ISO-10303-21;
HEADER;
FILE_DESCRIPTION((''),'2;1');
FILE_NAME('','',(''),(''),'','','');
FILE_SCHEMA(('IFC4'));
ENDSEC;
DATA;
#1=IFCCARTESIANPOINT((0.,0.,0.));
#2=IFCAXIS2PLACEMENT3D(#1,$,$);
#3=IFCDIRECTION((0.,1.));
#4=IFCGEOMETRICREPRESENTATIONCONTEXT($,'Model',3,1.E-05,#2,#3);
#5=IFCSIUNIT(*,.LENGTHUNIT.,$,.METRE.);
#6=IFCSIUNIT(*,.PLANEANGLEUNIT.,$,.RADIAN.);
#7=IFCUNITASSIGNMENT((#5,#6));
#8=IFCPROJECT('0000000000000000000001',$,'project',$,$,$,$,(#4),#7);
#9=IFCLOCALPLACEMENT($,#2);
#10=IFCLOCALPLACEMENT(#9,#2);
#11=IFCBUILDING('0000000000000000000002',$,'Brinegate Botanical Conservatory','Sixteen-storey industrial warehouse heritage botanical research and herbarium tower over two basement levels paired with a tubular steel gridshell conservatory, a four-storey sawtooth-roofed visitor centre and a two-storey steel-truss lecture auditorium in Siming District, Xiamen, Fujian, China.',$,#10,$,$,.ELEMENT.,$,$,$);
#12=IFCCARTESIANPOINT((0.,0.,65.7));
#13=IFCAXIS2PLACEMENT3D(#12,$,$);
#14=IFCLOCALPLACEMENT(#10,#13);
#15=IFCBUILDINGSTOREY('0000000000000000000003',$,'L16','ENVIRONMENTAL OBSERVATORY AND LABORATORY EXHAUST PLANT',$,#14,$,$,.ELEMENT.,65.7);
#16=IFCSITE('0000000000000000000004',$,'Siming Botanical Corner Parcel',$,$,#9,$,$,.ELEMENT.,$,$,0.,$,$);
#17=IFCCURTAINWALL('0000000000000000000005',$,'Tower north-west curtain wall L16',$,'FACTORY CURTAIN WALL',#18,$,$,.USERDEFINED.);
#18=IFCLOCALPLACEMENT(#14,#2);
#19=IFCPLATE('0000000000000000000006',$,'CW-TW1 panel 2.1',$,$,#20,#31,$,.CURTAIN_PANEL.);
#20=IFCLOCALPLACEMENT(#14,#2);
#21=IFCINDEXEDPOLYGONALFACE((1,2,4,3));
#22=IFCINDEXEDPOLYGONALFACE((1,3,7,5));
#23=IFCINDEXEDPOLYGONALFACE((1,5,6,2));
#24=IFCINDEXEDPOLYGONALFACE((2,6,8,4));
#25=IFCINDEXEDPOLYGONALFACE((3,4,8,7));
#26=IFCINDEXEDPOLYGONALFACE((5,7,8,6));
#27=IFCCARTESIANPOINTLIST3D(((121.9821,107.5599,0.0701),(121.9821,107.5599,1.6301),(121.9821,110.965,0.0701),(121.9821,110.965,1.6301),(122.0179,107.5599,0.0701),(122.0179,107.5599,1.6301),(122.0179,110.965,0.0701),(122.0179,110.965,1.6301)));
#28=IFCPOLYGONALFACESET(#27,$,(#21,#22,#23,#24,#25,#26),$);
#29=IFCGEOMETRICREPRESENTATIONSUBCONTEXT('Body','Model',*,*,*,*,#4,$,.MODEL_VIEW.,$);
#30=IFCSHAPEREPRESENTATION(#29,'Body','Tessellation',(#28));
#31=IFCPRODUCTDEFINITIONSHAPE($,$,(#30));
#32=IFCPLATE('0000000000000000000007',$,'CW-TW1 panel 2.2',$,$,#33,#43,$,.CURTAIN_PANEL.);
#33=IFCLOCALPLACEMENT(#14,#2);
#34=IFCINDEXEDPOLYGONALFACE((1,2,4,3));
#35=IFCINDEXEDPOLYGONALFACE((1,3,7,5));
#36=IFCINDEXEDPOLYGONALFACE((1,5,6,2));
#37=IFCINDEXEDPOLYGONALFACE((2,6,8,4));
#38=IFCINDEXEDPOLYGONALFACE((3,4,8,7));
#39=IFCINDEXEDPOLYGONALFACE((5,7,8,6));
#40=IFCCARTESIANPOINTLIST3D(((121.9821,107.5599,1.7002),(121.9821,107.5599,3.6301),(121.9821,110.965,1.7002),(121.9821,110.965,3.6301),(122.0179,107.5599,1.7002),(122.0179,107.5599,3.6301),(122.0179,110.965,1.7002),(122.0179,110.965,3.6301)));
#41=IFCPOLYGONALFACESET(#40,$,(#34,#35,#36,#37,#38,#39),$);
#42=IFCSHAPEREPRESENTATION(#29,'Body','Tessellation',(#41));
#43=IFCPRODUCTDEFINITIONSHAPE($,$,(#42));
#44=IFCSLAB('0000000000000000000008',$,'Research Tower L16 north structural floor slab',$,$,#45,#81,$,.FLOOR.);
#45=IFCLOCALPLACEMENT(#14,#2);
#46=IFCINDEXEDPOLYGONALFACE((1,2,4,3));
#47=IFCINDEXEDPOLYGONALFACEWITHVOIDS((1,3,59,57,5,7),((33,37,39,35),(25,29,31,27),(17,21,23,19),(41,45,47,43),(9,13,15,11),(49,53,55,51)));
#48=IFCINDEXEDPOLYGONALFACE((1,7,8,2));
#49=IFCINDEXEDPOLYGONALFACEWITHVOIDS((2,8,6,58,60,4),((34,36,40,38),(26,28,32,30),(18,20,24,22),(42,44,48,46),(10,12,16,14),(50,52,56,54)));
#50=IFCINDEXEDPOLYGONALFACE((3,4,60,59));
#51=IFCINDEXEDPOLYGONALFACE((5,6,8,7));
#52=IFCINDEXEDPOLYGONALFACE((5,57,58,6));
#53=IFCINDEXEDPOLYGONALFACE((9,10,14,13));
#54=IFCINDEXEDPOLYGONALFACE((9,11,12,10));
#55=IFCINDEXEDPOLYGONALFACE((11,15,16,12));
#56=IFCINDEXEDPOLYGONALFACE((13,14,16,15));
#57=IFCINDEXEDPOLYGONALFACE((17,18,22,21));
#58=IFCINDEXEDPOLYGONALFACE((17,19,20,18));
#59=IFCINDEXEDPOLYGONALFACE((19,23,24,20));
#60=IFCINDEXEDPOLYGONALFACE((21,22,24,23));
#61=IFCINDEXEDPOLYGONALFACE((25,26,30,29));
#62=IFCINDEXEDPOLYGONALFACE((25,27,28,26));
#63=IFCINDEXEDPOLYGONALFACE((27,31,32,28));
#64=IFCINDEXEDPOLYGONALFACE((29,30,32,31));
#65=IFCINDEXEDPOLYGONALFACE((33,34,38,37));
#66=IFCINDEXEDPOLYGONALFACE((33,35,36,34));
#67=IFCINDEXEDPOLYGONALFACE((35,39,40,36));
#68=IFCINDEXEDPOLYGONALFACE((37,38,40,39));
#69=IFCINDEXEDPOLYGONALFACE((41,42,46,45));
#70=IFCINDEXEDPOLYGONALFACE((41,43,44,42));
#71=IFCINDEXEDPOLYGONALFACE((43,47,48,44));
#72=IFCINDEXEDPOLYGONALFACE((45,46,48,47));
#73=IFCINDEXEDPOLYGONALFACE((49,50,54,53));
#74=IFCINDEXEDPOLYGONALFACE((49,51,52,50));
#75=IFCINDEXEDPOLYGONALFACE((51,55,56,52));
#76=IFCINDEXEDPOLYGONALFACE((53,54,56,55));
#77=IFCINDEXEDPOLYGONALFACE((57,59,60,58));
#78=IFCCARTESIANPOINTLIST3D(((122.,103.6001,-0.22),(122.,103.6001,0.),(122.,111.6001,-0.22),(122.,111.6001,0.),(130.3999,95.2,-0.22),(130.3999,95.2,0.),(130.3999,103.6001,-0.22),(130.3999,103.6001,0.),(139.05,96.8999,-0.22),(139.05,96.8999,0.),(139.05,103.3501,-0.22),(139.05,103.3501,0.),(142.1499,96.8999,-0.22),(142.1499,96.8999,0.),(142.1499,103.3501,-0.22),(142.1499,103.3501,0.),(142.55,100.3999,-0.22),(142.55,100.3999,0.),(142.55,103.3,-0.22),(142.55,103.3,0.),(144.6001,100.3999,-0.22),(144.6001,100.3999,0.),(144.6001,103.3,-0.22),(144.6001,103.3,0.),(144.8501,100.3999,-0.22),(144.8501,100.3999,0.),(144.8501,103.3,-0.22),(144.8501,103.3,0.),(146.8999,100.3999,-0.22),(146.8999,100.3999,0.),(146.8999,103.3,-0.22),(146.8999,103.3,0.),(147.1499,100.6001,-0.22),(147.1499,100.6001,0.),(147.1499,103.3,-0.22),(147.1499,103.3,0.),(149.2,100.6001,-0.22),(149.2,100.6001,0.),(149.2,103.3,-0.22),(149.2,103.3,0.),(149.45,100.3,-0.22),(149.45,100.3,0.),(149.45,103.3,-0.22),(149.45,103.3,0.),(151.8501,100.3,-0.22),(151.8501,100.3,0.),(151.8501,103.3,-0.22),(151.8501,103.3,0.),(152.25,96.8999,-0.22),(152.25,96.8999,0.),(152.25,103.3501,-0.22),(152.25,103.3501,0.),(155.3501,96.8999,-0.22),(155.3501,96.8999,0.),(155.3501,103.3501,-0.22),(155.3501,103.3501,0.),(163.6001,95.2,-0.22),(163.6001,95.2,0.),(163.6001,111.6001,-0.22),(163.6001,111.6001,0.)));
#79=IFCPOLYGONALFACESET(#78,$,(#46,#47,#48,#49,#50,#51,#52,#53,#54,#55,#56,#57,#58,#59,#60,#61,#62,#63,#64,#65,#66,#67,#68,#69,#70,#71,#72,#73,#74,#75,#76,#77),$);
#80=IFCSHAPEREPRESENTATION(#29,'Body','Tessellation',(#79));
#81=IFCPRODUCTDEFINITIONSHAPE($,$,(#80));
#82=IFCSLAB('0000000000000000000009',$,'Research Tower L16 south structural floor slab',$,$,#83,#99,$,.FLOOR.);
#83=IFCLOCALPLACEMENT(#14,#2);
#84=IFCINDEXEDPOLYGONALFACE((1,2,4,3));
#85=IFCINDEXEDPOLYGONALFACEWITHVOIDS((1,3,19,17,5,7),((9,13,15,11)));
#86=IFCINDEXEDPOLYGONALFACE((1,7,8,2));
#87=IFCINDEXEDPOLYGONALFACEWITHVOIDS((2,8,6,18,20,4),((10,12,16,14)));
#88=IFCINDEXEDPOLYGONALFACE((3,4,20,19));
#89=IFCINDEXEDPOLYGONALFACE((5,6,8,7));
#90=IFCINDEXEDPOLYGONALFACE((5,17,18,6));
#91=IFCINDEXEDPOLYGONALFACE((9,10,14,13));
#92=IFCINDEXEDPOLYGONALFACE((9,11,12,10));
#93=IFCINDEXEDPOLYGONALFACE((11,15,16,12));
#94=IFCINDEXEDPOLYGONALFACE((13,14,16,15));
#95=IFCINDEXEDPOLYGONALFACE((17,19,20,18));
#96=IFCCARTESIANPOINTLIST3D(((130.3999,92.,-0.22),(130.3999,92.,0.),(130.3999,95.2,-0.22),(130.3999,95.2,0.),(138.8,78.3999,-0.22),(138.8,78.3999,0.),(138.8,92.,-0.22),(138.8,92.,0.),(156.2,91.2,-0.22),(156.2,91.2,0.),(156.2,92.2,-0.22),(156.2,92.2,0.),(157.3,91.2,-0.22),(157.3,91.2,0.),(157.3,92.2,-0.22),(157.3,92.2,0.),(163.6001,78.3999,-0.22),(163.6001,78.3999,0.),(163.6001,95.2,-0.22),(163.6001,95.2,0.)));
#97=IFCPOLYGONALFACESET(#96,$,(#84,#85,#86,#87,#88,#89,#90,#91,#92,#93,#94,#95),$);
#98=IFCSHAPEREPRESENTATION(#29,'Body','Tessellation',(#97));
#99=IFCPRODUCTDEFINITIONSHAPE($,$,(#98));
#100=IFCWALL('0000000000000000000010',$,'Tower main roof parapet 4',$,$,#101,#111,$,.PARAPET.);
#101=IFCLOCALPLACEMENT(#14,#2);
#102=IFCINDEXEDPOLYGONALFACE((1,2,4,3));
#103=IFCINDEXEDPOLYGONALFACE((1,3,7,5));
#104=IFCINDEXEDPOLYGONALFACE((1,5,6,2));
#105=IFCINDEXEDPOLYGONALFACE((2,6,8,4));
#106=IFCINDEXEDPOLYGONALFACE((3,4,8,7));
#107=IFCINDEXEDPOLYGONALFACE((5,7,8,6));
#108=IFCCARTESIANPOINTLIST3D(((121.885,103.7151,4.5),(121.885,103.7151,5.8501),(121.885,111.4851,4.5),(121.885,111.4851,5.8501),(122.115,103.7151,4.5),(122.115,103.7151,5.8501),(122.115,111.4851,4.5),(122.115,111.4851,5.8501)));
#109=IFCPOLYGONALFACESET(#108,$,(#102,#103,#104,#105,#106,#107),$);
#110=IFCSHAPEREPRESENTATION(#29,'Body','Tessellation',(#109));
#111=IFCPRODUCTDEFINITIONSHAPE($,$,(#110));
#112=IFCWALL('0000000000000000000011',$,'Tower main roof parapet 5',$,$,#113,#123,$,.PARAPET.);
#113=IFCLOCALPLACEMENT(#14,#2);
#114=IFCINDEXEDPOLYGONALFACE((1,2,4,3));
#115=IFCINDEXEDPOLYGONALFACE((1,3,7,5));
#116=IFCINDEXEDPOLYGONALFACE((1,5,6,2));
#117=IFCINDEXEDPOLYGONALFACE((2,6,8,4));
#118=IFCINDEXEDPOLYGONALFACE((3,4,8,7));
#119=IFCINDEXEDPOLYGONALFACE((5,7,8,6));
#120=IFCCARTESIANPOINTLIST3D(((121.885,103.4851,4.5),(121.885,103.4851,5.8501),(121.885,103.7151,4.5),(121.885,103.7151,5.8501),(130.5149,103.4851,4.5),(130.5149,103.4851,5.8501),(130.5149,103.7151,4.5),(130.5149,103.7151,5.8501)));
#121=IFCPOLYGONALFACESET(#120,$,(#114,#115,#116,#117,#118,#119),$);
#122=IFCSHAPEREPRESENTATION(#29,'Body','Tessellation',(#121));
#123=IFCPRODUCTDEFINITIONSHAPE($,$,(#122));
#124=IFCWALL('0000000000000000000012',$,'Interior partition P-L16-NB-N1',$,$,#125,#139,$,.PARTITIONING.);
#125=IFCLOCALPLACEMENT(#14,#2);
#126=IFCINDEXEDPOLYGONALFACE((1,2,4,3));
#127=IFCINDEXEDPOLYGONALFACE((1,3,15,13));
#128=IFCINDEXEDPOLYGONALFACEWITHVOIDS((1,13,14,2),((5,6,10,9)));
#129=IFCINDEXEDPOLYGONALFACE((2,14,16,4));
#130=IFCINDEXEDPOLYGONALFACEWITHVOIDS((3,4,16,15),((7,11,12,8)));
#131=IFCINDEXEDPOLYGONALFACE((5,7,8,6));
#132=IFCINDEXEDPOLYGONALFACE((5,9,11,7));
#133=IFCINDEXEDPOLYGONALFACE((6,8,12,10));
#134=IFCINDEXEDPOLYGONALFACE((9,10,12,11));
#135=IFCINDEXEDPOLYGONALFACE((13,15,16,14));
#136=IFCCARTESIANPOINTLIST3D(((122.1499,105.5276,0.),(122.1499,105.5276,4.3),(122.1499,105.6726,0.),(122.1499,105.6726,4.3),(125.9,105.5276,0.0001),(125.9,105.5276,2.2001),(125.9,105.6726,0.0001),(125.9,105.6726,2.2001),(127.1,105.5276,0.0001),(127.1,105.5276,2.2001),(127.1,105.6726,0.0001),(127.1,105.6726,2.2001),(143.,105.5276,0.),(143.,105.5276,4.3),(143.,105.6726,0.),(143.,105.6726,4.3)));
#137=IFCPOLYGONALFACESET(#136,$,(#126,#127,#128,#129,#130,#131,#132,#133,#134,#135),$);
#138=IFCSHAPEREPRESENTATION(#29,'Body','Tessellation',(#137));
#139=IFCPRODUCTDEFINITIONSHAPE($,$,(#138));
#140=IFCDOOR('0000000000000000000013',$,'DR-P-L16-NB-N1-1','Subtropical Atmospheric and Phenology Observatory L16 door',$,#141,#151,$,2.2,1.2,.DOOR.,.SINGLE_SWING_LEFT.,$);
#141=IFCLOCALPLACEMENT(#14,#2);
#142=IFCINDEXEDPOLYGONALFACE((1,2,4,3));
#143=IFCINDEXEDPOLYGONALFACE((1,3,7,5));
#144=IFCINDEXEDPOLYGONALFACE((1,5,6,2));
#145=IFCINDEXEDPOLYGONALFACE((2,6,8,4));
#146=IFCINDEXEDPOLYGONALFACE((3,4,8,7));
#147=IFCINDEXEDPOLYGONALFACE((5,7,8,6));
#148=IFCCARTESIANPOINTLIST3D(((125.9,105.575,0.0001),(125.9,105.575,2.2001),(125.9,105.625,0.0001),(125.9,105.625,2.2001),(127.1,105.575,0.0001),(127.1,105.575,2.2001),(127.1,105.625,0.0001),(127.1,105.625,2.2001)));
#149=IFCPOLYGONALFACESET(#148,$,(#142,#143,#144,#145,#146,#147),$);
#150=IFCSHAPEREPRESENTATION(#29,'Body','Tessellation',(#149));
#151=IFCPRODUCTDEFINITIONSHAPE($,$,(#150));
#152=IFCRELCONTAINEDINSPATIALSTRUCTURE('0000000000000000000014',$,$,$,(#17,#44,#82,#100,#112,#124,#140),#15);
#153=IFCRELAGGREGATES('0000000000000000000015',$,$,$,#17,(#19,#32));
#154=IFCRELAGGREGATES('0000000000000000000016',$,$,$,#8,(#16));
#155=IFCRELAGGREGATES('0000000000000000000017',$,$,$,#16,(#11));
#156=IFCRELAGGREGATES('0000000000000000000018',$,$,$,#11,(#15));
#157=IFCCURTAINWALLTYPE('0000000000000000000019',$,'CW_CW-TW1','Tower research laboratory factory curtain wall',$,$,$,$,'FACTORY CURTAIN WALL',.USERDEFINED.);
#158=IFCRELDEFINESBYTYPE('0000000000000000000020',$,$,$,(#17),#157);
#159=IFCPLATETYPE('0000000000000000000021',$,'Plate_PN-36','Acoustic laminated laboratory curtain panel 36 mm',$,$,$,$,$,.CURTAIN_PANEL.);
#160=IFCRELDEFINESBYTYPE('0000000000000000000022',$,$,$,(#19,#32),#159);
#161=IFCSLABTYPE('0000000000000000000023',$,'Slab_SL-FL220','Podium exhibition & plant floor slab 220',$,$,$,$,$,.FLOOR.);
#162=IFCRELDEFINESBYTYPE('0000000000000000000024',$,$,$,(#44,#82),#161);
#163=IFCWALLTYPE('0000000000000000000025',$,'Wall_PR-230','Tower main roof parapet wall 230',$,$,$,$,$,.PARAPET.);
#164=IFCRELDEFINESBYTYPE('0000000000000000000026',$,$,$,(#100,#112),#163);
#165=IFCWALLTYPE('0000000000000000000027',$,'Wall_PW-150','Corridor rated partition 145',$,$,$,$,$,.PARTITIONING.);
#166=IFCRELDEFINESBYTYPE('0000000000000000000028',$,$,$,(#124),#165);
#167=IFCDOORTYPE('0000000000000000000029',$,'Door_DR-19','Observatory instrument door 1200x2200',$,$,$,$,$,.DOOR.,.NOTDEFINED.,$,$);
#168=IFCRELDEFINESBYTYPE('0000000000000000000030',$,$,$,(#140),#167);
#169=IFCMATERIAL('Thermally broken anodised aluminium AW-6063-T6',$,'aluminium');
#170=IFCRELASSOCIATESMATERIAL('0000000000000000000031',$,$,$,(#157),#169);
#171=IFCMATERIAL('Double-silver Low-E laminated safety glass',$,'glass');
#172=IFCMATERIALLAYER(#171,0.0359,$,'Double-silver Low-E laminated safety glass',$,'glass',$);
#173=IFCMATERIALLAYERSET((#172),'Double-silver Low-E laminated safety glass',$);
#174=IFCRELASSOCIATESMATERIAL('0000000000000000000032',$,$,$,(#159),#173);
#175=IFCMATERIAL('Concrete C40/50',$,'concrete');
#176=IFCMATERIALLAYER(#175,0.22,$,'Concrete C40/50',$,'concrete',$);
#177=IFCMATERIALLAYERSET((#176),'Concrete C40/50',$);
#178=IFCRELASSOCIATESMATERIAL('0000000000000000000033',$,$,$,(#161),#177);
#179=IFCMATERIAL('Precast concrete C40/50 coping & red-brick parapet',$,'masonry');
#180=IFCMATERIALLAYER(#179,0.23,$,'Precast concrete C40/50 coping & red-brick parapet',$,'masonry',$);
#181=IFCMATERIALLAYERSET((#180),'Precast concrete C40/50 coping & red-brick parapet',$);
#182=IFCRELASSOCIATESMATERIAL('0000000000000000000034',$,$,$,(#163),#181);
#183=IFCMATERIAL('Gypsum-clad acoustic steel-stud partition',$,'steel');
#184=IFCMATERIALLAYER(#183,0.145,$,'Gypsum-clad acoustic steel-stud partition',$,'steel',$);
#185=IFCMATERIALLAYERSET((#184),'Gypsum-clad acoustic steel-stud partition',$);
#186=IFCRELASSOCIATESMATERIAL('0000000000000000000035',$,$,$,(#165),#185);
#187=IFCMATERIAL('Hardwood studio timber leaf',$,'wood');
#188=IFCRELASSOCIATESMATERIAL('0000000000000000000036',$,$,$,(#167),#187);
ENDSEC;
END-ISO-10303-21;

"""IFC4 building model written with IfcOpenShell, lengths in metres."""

from ifc_helpers import new_model, si_unit, direction, frame, frame_2d, origin, origin_2d, place, context, subcontext, project, spatial, polyline, rectangle, outline, extrude, material, layer, layer_set, type_object, element, fill, aggregate, save


model = new_model("IFC4")

# Units and contexts
model_context = context("Model", 3, precision=1e-05, world=origin(), true_north=direction((0.0, 1.0)))
body_context = subcontext(model_context, "Body", "Model", "MODEL_VIEW")
ifc_project = project(units=[si_unit("LENGTHUNIT", "METRE"), si_unit("PLANEANGLEUNIT", "RADIAN")], contexts=[model_context])

# Site, building, storey
site_placement = place(None, origin())
site = spatial("IfcSite", under=ifc_project, at=site_placement, Name="Siming Botanical Corner Parcel", CompositionType="ELEMENT", RefElevation=0.0)
building_placement = place(site_placement, origin())
building = spatial("IfcBuilding", under=site, at=building_placement, Name="Brinegate Botanical Conservatory", Description="Sixteen-storey industrial warehouse heritage botanical research and herbarium tower over two basement levels paired with a tubular steel gridshell conservatory, a four-storey sawtooth-roofed visitor centre and a two-storey steel-truss lecture auditorium in Siming District, Xiamen, Fujian, China.", CompositionType="ELEMENT")
storey_placement = place(building_placement, frame((0.0, 0.0, 65.7)))
storey = spatial("IfcBuildingStorey", under=building, at=storey_placement, Name="L16", Description="ENVIRONMENTAL OBSERVATORY AND LABORATORY EXHAUST PLANT", CompositionType="ELEMENT", Elevation=65.7)

# Shared definitions
ifc_material_1 = material(Name="Concrete C40/50", Category="concrete")

# Curtain wall, plates
ifc_material_2 = material(Name="Thermally broken anodised aluminium AW-6063-T6", Category="aluminium")
curtain_wall_type = type_object("IfcCurtainWallType", Name="CW_CW-TW1", Description="Tower research laboratory factory curtain wall", ElementType="FACTORY CURTAIN WALL", PredefinedType="USERDEFINED", material=ifc_material_2)
curtain_wall_placement = place(storey_placement, origin())
curtain_wall = element("IfcCurtainWall", 1, at=curtain_wall_placement, inside=storey, type_object=curtain_wall_type, Name="Tower north-west curtain wall L16", ObjectType="FACTORY CURTAIN WALL", PredefinedType="USERDEFINED")
ifc_material_3 = material(Name="Double-silver Low-E laminated safety glass", Category="glass")
ifc_layer_1 = layer(ifc_material_3, 0.0359, Name="Double-silver Low-E laminated safety glass", Category="glass")
ifc_layer_set_1 = layer_set([ifc_layer_1], Name="Double-silver Low-E laminated safety glass")
plate_type = type_object("IfcPlateType", Name="Plate_PN-36", Description="Acoustic laminated laboratory curtain panel 36 mm", PredefinedType="CURTAIN_PANEL", material=ifc_layer_set_1)
plate_1_placement = place(storey_placement, frame((122.0, 109.2625, 0.0701), z_axis=(0.0, 0.0, 1.0), x_axis=(0.0, 1.0, 0.0)))
plate_1 = element("IfcPlate", 2, at=plate_1_placement, type_object=plate_type, Name="CW-TW1 panel 2.1", PredefinedType="CURTAIN_PANEL", context=body_context, shape_type="SweptSolid", body=[
    extrude(rectangle(XDim=3.405, YDim=0.0359, at=origin_2d()), origin(), (0.0, 0.0, 1.0), 1.5601),
])
plate_2_placement = place(storey_placement, frame((122.0, 109.2625, 1.7002), z_axis=(0.0, 0.0, 1.0), x_axis=(0.0, 1.0, 0.0)))
plate_2 = element("IfcPlate", 3, at=plate_2_placement, type_object=plate_type, Name="CW-TW1 panel 2.2", PredefinedType="CURTAIN_PANEL", context=body_context, shape_type="SweptSolid", body=[
    extrude(rectangle(XDim=3.405, YDim=0.0359, at=origin_2d()), origin(), (0.0, 0.0, 1.0), 1.9299),
])
aggregate(curtain_wall, [plate_1, plate_2])

# Slabs
ifc_layer_2 = layer(ifc_material_1, 0.22, Name="Concrete C40/50", Category="concrete")
ifc_layer_set_2 = layer_set([ifc_layer_2], Name="Concrete C40/50")
slab_type = type_object("IfcSlabType", Name="Slab_SL-FL220", Description="Podium exhibition & plant floor slab 220", PredefinedType="FLOOR", material=ifc_layer_set_2)
slab_1_placement = place(storey_placement, frame((0.0, 0.0, -0.22)))
element("IfcSlab", 4, at=slab_1_placement, inside=storey, type_object=slab_type, Name="Research Tower L16 north structural floor slab", PredefinedType="FLOOR", context=body_context, shape_type="SweptSolid", body=[
    extrude(outline(polyline([(130.3999, 103.6001), (122.0, 103.6001), (122.0, 111.6001), (163.6001, 111.6001), (163.6001, 95.2), (130.3999, 95.2), (130.3999, 103.6001)]), holes=[polyline([(142.1499, 96.8999), (142.1499, 103.3501), (139.05, 103.3501), (139.05, 96.8999), (142.1499, 96.8999)]), polyline([(155.3501, 96.8999), (155.3501, 103.3501), (152.25, 103.3501), (152.25, 96.8999), (155.3501, 96.8999)]), polyline([(142.55, 100.3999), (144.6001, 100.3999), (144.6001, 103.3), (142.55, 103.3), (142.55, 100.3999)]), polyline([(144.8501, 100.3999), (146.8999, 100.3999), (146.8999, 103.3), (144.8501, 103.3), (144.8501, 100.3999)]), polyline([(147.1499, 100.6001), (149.2, 100.6001), (149.2, 103.3), (147.1499, 103.3), (147.1499, 100.6001)]), polyline([(149.45, 100.3), (151.8501, 100.3), (151.8501, 103.3), (149.45, 103.3), (149.45, 100.3)])]), origin(), (0.0, 0.0, 1.0), 0.22),
])
slab_2_placement = place(storey_placement, frame((0.0, 0.0, -0.22)))
element("IfcSlab", 5, at=slab_2_placement, inside=storey, type_object=slab_type, Name="Research Tower L16 south structural floor slab", PredefinedType="FLOOR", context=body_context, shape_type="SweptSolid", body=[
    extrude(outline(polyline([(163.6001, 78.3999), (138.8, 78.3999), (138.8, 92.0), (130.3999, 92.0), (130.3999, 95.2), (163.6001, 95.2), (163.6001, 78.3999)]), holes=[polyline([(156.2, 91.2), (157.3, 91.2), (157.3, 92.2), (156.2, 92.2), (156.2, 91.2)])]), origin(), (0.0, 0.0, 1.0), 0.22),
])

# Walls
ifc_material_4 = material(Name="Precast concrete C40/50 coping & red-brick parapet", Category="masonry")
ifc_layer_3 = layer(ifc_material_4, 0.23, Name="Precast concrete C40/50 coping & red-brick parapet", Category="masonry")
ifc_layer_set_3 = layer_set([ifc_layer_3], Name="Precast concrete C40/50 coping & red-brick parapet")
wall_type_1 = type_object("IfcWallType", Name="Wall_PR-230", Description="Tower main roof parapet wall 230", PredefinedType="PARAPET", material=ifc_layer_set_3)
wall_1_placement = place(storey_placement, frame((122.0, 111.4851, 4.5), z_axis=(0.0, 0.0, 1.0), x_axis=(0.0, -1.0, 0.0)))
element("IfcWall", 6, at=wall_1_placement, inside=storey, type_object=wall_type_1, Name="Tower main roof parapet 4", PredefinedType="PARAPET", context=body_context, shape_type="SweptSolid", body=[
    extrude(rectangle(XDim=7.77, YDim=0.23, at=frame_2d((3.885, 0.0))), origin(), (0.0, 0.0, 1.0), 1.3501),
])
wall_2_placement = place(storey_placement, frame((121.885, 103.6001, 4.5), z_axis=(0.0, 0.0, 1.0), x_axis=(1.0, 0.0, 0.0)))
element("IfcWall", 7, at=wall_2_placement, inside=storey, type_object=wall_type_1, Name="Tower main roof parapet 5", PredefinedType="PARAPET", context=body_context, shape_type="SweptSolid", body=[
    extrude(rectangle(XDim=8.6299, YDim=0.23, at=frame_2d((4.3149, 0.0))), origin(), (0.0, 0.0, 1.0), 1.3501),
])

# Wall, opening, door
ifc_material_5 = material(Name="Gypsum-clad acoustic steel-stud partition", Category="steel")
ifc_layer_4 = layer(ifc_material_5, 0.145, Name="Gypsum-clad acoustic steel-stud partition", Category="steel")
ifc_layer_set_4 = layer_set([ifc_layer_4], Name="Gypsum-clad acoustic steel-stud partition")
wall_type_2 = type_object("IfcWallType", Name="Wall_PW-150", Description="Corridor rated partition 145", PredefinedType="PARTITIONING", material=ifc_layer_set_4)
wall_3_placement = place(storey_placement, frame((122.1499, 105.6001, 0.0), z_axis=(0.0, 0.0, 1.0), x_axis=(1.0, 0.0, 0.0)))
wall_3 = element("IfcWall", 8, at=wall_3_placement, inside=storey, type_object=wall_type_2, Name="Interior partition P-L16-NB-N1", PredefinedType="PARTITIONING", context=body_context, shape_type="SweptSolid", body=[
    extrude(rectangle(XDim=20.8501, YDim=0.145, at=frame_2d((10.425, 0.0))), origin(), (0.0, 0.0, 1.0), 4.3),
])
opening_placement = place(wall_3_placement, frame((3.75, 0.0, 0.0)))
opening = element("IfcOpeningElement", 9, at=opening_placement, cuts=wall_3, PredefinedType="OPENING", context=body_context, shape_type="SweptSolid", body=[
    extrude(rectangle(XDim=1.2, YDim=2.2, at=frame_2d((0.6001, 1.1001))), frame((0.0, 0.0825, 0.0), z_axis=(0.0, -1.0, 0.0), x_axis=(1.0, 0.0, 0.0)), (0.0, 0.0, 1.0), 0.165),
])
ifc_material_6 = material(Name="Hardwood studio timber leaf", Category="wood")
door_type = type_object("IfcDoorType", Name="Door_DR-19", Description="Observatory instrument door 1200x2200", OperationType="NOTDEFINED", PredefinedType="DOOR", material=ifc_material_6)
door_placement = place(opening_placement, origin())
door = element("IfcDoor", 10, at=door_placement, inside=storey, type_object=door_type, Name="DR-P-L16-NB-N1-1", Description="Subtropical Atmospheric and Phenology Observatory L16 door", OperationType="SINGLE_SWING_LEFT", OverallHeight=2.2, OverallWidth=1.2, PredefinedType="DOOR", context=body_context, shape_type="SweptSolid", body=[
    extrude(rectangle(XDim=1.2, YDim=2.2, at=frame_2d((0.6001, 1.1001))), frame((0.0, 0.0249, 0.0), z_axis=(0.0, -1.0, 0.0), x_axis=(1.0, 0.0, 0.0)), (0.0, 0.0, 1.0), 0.05),
])
fill(opening, door)

save(model, "model.ifc")
